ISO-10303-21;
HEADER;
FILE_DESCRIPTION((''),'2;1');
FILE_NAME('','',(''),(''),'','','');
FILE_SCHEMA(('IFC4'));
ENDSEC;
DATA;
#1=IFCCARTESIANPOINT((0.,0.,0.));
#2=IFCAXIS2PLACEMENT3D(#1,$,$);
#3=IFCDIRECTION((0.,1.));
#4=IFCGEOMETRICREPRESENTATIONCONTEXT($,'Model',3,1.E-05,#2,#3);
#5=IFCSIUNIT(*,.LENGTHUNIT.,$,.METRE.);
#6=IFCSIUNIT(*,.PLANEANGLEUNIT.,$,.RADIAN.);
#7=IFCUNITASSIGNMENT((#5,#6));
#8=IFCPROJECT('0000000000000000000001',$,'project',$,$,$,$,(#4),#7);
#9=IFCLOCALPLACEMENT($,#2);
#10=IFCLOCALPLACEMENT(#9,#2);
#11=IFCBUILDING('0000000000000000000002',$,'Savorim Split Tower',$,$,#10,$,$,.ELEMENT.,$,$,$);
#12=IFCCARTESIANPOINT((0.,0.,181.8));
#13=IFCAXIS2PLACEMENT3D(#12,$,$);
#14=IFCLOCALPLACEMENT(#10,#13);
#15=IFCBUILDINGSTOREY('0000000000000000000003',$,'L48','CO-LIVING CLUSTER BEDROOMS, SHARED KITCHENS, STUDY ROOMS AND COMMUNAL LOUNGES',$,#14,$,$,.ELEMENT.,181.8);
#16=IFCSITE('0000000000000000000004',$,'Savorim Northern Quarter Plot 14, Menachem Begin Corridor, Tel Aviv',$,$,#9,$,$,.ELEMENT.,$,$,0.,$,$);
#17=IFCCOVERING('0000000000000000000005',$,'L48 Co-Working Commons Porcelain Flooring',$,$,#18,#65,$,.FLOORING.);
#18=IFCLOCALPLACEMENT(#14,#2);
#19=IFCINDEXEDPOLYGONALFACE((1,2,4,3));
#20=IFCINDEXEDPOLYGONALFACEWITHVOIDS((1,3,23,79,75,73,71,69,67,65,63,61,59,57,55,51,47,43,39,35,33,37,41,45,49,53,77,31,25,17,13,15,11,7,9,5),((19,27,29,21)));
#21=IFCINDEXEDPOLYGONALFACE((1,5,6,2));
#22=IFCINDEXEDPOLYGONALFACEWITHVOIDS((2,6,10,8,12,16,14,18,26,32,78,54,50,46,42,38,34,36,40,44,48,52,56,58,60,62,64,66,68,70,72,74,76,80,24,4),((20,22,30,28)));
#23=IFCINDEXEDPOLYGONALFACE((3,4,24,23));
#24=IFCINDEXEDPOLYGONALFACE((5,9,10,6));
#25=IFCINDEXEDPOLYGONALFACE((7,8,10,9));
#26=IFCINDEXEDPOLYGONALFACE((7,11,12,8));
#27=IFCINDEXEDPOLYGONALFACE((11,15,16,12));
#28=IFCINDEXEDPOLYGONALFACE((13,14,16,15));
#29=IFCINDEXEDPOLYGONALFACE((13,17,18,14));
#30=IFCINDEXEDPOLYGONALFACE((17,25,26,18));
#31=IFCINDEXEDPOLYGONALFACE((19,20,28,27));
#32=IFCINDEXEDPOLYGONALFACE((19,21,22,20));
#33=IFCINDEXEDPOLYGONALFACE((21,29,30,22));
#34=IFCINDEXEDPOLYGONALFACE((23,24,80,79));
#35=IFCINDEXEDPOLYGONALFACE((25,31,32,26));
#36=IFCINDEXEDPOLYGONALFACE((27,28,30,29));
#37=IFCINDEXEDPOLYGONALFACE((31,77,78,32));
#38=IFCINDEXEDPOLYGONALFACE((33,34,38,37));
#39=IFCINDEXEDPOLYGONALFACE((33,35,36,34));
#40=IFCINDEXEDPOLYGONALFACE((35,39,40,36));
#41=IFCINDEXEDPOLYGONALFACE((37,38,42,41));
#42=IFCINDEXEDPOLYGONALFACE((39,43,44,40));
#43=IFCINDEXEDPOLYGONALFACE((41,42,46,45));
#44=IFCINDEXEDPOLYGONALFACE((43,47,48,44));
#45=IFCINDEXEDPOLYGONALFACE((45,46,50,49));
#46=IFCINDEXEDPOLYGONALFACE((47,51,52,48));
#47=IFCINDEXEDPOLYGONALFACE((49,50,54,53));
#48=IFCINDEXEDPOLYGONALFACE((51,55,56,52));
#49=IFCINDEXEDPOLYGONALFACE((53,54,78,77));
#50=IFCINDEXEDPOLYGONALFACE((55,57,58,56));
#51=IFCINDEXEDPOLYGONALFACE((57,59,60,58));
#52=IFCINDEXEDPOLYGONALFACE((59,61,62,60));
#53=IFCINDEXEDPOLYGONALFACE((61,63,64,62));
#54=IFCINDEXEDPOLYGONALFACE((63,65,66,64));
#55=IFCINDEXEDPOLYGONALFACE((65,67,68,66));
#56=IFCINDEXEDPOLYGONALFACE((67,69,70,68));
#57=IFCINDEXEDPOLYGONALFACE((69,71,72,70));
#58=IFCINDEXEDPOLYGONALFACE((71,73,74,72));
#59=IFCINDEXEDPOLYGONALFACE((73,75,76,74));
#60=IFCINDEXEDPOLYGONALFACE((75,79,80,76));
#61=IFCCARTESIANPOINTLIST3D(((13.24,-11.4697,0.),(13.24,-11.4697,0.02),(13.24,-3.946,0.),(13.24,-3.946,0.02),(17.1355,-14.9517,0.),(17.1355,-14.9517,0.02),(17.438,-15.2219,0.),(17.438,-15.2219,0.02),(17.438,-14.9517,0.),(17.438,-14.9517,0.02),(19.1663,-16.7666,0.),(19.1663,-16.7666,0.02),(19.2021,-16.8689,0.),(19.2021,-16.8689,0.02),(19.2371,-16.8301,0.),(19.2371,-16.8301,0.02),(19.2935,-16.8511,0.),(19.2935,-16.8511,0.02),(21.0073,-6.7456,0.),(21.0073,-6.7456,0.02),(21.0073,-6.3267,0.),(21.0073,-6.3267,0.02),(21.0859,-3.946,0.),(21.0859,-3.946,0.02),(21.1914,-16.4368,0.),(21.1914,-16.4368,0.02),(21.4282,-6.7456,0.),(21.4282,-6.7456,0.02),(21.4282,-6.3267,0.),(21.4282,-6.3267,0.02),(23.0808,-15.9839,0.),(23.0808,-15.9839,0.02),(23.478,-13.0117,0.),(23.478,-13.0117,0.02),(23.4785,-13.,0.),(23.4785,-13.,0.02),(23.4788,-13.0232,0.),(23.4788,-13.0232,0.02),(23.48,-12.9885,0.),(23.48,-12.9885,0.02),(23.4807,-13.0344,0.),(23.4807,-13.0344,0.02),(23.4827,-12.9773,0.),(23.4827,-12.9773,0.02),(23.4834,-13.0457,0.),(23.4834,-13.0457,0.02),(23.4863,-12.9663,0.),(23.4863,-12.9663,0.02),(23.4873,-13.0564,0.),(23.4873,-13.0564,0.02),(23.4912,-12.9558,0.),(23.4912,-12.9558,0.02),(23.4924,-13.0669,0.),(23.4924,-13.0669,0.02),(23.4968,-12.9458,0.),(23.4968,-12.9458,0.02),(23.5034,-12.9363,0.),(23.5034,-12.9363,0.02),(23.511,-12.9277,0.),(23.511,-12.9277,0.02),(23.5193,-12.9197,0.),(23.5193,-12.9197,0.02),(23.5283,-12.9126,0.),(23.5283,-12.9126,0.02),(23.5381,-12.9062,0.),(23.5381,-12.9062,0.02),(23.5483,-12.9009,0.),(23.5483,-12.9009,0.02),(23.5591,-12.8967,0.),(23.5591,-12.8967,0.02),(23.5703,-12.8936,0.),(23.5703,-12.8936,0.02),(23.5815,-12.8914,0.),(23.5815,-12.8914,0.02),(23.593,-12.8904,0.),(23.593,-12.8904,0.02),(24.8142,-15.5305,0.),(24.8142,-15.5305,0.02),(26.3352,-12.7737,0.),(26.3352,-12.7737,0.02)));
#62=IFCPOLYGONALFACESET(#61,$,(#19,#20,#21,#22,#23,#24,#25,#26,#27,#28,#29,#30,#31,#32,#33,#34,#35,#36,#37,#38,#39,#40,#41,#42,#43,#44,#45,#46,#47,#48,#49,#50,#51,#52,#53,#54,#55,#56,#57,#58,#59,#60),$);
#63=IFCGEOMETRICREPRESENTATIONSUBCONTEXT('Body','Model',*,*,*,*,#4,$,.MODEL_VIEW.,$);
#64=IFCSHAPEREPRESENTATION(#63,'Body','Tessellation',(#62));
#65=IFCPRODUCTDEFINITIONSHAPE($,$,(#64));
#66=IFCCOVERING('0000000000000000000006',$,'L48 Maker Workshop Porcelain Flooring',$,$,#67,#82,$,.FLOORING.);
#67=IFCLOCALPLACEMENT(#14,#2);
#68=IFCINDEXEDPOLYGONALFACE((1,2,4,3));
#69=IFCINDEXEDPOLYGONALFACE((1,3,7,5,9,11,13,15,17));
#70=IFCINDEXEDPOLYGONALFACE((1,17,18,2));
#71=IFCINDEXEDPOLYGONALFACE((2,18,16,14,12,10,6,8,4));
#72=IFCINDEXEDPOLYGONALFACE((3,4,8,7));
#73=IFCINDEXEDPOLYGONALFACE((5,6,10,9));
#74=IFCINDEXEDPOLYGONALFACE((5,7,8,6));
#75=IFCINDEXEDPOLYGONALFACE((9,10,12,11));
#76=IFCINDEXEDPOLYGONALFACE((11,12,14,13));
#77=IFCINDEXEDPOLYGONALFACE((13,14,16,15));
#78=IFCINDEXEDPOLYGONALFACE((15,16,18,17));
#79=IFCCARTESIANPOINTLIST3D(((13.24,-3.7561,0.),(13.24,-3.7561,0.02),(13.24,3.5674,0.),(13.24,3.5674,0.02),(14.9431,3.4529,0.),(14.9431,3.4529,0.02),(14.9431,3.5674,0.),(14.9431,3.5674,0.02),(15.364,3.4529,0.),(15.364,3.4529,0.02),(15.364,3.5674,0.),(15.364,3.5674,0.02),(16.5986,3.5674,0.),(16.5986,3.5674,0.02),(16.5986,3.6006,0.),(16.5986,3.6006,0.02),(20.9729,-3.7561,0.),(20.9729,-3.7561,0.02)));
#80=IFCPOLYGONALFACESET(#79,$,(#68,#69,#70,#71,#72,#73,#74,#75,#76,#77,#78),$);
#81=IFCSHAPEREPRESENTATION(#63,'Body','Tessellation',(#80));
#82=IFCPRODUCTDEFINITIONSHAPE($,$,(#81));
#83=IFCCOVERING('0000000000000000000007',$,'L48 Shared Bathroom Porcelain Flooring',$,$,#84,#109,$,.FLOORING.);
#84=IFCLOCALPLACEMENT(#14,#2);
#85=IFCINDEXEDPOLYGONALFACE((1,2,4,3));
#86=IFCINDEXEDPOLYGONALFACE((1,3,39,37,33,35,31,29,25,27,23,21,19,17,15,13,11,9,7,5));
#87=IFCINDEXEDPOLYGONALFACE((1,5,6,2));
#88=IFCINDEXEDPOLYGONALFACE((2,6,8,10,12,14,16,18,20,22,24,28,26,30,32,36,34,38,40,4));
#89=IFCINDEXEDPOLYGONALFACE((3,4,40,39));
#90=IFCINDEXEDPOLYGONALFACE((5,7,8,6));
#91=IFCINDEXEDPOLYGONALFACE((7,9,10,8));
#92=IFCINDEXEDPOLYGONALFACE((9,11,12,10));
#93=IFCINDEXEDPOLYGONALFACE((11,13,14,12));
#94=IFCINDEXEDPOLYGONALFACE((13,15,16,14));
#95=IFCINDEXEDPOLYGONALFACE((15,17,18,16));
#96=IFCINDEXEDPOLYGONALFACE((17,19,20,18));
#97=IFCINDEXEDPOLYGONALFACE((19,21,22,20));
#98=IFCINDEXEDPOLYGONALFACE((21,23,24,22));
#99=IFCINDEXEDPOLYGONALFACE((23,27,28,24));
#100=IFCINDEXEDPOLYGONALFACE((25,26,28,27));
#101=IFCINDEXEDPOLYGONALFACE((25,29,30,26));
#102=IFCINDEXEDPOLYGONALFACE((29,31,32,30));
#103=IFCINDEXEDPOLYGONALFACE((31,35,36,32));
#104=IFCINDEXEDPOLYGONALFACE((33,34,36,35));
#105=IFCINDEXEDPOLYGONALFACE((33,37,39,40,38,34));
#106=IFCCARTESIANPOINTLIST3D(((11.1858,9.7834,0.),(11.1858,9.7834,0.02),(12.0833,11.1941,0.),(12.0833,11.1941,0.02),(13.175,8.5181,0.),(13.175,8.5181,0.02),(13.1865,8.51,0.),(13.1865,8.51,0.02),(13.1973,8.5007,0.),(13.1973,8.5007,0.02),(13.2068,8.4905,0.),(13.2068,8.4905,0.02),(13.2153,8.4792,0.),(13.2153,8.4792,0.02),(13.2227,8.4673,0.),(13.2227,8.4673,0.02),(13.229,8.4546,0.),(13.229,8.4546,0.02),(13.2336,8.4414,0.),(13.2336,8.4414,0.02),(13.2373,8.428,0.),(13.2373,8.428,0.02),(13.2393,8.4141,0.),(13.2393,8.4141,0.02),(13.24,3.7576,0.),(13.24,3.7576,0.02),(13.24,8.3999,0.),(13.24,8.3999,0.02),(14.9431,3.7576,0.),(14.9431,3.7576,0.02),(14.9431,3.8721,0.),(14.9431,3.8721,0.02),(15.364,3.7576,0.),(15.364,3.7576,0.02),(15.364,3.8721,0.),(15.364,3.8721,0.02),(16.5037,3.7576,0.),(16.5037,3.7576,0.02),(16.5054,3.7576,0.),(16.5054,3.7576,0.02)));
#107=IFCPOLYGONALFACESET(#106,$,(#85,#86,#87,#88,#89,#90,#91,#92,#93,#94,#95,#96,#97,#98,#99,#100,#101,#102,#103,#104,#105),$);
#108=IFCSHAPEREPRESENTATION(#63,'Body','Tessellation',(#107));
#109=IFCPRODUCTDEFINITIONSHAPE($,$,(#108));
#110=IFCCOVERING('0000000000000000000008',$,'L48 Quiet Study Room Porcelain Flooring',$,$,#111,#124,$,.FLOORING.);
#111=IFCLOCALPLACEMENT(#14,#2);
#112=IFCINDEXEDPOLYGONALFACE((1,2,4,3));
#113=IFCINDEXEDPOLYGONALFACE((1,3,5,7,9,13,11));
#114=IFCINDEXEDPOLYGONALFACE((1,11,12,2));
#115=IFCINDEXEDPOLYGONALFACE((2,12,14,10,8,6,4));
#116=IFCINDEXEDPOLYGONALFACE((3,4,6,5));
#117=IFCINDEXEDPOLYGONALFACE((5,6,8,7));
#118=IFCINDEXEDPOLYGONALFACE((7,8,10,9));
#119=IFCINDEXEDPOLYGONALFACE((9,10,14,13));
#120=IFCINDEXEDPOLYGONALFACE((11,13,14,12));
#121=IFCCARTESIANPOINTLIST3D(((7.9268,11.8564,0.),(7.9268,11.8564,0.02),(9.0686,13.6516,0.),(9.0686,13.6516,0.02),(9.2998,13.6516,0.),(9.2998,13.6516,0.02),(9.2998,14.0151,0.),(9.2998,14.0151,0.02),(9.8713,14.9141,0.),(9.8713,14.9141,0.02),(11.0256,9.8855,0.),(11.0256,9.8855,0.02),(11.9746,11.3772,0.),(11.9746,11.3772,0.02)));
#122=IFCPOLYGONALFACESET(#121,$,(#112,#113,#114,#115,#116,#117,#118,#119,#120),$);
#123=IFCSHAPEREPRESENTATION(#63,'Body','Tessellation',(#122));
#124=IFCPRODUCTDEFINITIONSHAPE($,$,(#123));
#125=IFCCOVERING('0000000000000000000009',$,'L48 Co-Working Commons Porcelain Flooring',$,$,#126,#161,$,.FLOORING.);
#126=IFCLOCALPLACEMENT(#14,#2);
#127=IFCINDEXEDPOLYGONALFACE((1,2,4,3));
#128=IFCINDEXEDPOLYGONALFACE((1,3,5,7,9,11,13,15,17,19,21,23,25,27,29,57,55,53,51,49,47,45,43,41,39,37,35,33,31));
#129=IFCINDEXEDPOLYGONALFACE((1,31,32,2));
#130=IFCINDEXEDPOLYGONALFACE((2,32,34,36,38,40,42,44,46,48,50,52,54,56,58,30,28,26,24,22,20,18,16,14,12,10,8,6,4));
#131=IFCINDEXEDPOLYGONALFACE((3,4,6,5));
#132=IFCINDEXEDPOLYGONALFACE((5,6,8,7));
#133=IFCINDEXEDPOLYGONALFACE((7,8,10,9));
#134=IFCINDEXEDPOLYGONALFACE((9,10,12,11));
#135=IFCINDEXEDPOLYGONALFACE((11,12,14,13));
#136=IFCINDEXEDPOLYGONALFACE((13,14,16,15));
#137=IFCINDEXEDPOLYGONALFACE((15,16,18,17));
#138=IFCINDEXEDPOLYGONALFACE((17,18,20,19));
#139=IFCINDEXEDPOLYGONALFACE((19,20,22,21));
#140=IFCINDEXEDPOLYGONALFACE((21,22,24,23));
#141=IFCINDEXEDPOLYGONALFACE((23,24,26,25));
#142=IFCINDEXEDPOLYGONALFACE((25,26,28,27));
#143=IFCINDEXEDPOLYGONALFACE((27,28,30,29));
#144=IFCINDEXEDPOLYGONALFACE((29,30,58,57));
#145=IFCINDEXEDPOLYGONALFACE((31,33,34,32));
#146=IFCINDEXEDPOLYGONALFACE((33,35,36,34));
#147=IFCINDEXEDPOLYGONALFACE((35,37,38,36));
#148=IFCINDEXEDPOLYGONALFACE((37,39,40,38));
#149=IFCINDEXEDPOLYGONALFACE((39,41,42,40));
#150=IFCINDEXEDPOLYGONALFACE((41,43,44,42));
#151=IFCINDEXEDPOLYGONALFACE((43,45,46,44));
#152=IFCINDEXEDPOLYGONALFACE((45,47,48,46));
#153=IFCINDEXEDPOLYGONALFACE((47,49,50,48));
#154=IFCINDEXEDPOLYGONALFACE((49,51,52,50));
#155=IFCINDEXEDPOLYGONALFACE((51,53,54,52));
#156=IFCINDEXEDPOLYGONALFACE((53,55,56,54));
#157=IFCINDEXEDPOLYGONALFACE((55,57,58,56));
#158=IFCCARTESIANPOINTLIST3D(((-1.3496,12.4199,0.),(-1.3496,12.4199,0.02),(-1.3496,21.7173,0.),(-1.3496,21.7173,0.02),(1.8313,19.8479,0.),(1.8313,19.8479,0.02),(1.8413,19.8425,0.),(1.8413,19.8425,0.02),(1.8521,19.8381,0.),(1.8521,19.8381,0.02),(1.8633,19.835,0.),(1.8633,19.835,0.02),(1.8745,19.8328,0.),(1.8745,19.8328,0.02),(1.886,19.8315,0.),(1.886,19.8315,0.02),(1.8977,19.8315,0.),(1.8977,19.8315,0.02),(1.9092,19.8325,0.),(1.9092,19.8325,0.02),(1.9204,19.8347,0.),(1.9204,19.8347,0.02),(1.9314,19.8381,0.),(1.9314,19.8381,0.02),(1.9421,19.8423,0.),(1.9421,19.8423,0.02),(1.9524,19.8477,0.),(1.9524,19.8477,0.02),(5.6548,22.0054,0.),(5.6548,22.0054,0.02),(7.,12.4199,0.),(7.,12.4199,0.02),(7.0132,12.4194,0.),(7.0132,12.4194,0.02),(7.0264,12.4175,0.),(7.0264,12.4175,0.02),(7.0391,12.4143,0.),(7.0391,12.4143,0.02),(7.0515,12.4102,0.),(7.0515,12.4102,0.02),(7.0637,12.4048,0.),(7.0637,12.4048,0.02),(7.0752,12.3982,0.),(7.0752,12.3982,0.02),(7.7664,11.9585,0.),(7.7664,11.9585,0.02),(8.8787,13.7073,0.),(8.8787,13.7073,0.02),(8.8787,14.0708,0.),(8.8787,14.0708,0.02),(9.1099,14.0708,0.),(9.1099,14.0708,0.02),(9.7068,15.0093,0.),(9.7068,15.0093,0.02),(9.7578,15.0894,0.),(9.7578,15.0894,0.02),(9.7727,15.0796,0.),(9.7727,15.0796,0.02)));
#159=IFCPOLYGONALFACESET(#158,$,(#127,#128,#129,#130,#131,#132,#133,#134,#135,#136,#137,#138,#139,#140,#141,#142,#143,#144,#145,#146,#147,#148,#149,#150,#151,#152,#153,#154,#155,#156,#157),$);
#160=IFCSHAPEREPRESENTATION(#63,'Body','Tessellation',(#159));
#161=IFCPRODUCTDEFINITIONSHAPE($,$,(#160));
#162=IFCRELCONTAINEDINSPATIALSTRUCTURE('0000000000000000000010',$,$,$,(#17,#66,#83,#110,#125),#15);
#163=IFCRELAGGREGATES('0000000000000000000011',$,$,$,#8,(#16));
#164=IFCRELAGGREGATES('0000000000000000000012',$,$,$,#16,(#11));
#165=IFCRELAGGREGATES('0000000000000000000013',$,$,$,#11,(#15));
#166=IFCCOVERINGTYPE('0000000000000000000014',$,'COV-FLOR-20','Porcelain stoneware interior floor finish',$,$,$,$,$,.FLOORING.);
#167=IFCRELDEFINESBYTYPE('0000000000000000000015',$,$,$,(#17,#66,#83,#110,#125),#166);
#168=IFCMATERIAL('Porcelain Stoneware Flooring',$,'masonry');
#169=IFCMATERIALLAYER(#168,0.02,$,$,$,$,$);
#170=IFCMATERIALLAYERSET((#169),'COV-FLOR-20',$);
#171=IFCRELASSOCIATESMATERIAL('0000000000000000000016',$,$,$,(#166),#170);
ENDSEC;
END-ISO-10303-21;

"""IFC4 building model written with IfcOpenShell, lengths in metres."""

from ifc_helpers import new_model, si_unit, direction, frame, origin, place, context, subcontext, project, spatial, polyline, outline, extrude, material, layer, layer_set, type_object, element, save


model = new_model("IFC4")

# Units and contexts
model_context = context("Model", 3, precision=1e-05, world=origin(), true_north=direction((0.0, 1.0)))
body_context = subcontext(model_context, "Body", "Model", "MODEL_VIEW")
ifc_project = project(units=[si_unit("LENGTHUNIT", "METRE"), si_unit("PLANEANGLEUNIT", "RADIAN")], contexts=[model_context])

# Site, building, storey
site_placement = place(None, origin())
site = spatial("IfcSite", under=ifc_project, at=site_placement, Name="Savorim Northern Quarter Plot 14, Menachem Begin Corridor, Tel Aviv", CompositionType="ELEMENT", RefElevation=0.0)
building_placement = place(site_placement, origin())
building = spatial("IfcBuilding", under=site, at=building_placement, Name="Savorim Split Tower", CompositionType="ELEMENT")
storey_placement = place(building_placement, frame((0.0, 0.0, 181.8)))
storey = spatial("IfcBuildingStorey", under=building, at=storey_placement, Name="L48", Description="CO-LIVING CLUSTER BEDROOMS, SHARED KITCHENS, STUDY ROOMS AND COMMUNAL LOUNGES", CompositionType="ELEMENT", Elevation=181.8)

# Coverings
ifc_material_1 = material(Name="Porcelain Stoneware Flooring", Category="masonry")
ifc_layer_1 = layer(ifc_material_1, 0.02)
ifc_layer_set_1 = layer_set([ifc_layer_1], Name="COV-FLOR-20")
covering_type_1 = type_object("IfcCoveringType", Name="COV-FLOR-20", Description="Porcelain stoneware interior floor finish", PredefinedType="FLOORING", material=ifc_layer_set_1)
covering_1_placement = place(storey_placement, origin())
element("IfcCovering", 1, at=covering_1_placement, inside=storey, type_object=covering_type_1, Name="L48 Co-Working Commons Porcelain Flooring", PredefinedType="FLOORING", context=body_context, shape_type="SweptSolid", body=[
    extrude(outline(polyline([(23.5703, -12.8936), (23.5815, -12.8914), (23.593, -12.8904), (26.3352, -12.7737), (21.0859, -3.946), (13.24, -3.946), (13.24, -11.4697), (17.1355, -14.9517), (17.438, -14.9517), (17.438, -15.2219), (19.1663, -16.7666), (19.2371, -16.8301), (19.2021, -16.8689), (19.2935, -16.8511), (21.1914, -16.4368), (23.0808, -15.9839), (24.8142, -15.5305), (23.4924, -13.0669), (23.4873, -13.0564), (23.4834, -13.0457), (23.4807, -13.0344), (23.4788, -13.0232), (23.478, -13.0117), (23.4785, -13.0), (23.48, -12.9885), (23.4827, -12.9773), (23.4863, -12.9663), (23.4912, -12.9558), (23.4968, -12.9458), (23.5034, -12.9363), (23.511, -12.9277), (23.5193, -12.9197), (23.5283, -12.9126), (23.5381, -12.9062), (23.5483, -12.9009), (23.5591, -12.8967), (23.5703, -12.8936)]), holes=[polyline([(21.4282, -6.7456), (21.4282, -6.3267), (21.0073, -6.3267), (21.0073, -6.7456), (21.4282, -6.7456)])]), origin(), (0.0, 0.0, 1.0), 0.02),
])
covering_2_placement = place(storey_placement, origin())
element("IfcCovering", 2, at=covering_2_placement, inside=storey, type_object=covering_type_1, Name="L48 Maker Workshop Porcelain Flooring", PredefinedType="FLOORING", context=body_context, shape_type="SweptSolid", body=[
    extrude(outline(polyline([(14.9431, 3.4529), (14.9431, 3.5674), (13.24, 3.5674), (13.24, -3.7561), (20.9729, -3.7561), (16.5986, 3.6006), (16.5986, 3.5674), (15.364, 3.5674), (15.364, 3.4529), (14.9431, 3.4529)])), origin(), (0.0, 0.0, 1.0), 0.02),
])
covering_3_placement = place(storey_placement, origin())
element("IfcCovering", 3, at=covering_3_placement, inside=storey, type_object=covering_type_1, Name="L48 Shared Bathroom Porcelain Flooring", PredefinedType="FLOORING", context=body_context, shape_type="SweptSolid", body=[
    extrude(outline(polyline([(15.364, 3.8721), (15.364, 3.7576), (16.5037, 3.7576), (16.5054, 3.7576), (12.0833, 11.1941), (11.1858, 9.7834), (13.175, 8.5181), (13.1865, 8.51), (13.1973, 8.5007), (13.2068, 8.4905), (13.2153, 8.4792), (13.2227, 8.4673), (13.229, 8.4546), (13.2336, 8.4414), (13.2373, 8.428), (13.2393, 8.4141), (13.24, 8.3999), (13.24, 3.7576), (14.9431, 3.7576), (14.9431, 3.8721), (15.364, 3.8721)])), origin(), (0.0, 0.0, 1.0), 0.02),
])
covering_4_placement = place(storey_placement, origin())
element("IfcCovering", 4, at=covering_4_placement, inside=storey, type_object=covering_type_1, Name="L48 Quiet Study Room Porcelain Flooring", PredefinedType="FLOORING", context=body_context, shape_type="SweptSolid", body=[
    extrude(outline(polyline([(9.0686, 13.6516), (7.9268, 11.8564), (7.9268, 11.8564), (11.0256, 9.8855), (11.9746, 11.3772), (9.8713, 14.9141), (9.2998, 14.0151), (9.2998, 13.6516), (9.0686, 13.6516)])), origin(), (0.0, 0.0, 1.0), 0.02),
])
covering_5_placement = place(storey_placement, origin())
element("IfcCovering", 5, at=covering_5_placement, inside=storey, type_object=covering_type_1, Name="L48 Co-Working Commons Porcelain Flooring", PredefinedType="FLOORING", context=body_context, shape_type="SweptSolid", body=[
    extrude(outline(polyline([(1.8521, 19.8381), (1.8413, 19.8425), (1.8313, 19.8479), (-1.3496, 21.7173), (-1.3496, 12.4199), (7.0, 12.4199), (7.0132, 12.4194), (7.0264, 12.4175), (7.0391, 12.4143), (7.0515, 12.4102), (7.0637, 12.4048), (7.0752, 12.3982), (7.7664, 11.9585), (8.8787, 13.7073), (8.8787, 14.0708), (9.1099, 14.0708), (9.7068, 15.0093), (9.7578, 15.0894), (9.7727, 15.0796), (5.6548, 22.0054), (1.9524, 19.8477), (1.9421, 19.8423), (1.9314, 19.8381), (1.9204, 19.8347), (1.9092, 19.8325), (1.8977, 19.8315), (1.886, 19.8315), (1.8745, 19.8328), (1.8633, 19.835), (1.8521, 19.8381)])), origin(), (0.0, 0.0, 1.0), 0.02),
])

save(model, "model.ifc")
